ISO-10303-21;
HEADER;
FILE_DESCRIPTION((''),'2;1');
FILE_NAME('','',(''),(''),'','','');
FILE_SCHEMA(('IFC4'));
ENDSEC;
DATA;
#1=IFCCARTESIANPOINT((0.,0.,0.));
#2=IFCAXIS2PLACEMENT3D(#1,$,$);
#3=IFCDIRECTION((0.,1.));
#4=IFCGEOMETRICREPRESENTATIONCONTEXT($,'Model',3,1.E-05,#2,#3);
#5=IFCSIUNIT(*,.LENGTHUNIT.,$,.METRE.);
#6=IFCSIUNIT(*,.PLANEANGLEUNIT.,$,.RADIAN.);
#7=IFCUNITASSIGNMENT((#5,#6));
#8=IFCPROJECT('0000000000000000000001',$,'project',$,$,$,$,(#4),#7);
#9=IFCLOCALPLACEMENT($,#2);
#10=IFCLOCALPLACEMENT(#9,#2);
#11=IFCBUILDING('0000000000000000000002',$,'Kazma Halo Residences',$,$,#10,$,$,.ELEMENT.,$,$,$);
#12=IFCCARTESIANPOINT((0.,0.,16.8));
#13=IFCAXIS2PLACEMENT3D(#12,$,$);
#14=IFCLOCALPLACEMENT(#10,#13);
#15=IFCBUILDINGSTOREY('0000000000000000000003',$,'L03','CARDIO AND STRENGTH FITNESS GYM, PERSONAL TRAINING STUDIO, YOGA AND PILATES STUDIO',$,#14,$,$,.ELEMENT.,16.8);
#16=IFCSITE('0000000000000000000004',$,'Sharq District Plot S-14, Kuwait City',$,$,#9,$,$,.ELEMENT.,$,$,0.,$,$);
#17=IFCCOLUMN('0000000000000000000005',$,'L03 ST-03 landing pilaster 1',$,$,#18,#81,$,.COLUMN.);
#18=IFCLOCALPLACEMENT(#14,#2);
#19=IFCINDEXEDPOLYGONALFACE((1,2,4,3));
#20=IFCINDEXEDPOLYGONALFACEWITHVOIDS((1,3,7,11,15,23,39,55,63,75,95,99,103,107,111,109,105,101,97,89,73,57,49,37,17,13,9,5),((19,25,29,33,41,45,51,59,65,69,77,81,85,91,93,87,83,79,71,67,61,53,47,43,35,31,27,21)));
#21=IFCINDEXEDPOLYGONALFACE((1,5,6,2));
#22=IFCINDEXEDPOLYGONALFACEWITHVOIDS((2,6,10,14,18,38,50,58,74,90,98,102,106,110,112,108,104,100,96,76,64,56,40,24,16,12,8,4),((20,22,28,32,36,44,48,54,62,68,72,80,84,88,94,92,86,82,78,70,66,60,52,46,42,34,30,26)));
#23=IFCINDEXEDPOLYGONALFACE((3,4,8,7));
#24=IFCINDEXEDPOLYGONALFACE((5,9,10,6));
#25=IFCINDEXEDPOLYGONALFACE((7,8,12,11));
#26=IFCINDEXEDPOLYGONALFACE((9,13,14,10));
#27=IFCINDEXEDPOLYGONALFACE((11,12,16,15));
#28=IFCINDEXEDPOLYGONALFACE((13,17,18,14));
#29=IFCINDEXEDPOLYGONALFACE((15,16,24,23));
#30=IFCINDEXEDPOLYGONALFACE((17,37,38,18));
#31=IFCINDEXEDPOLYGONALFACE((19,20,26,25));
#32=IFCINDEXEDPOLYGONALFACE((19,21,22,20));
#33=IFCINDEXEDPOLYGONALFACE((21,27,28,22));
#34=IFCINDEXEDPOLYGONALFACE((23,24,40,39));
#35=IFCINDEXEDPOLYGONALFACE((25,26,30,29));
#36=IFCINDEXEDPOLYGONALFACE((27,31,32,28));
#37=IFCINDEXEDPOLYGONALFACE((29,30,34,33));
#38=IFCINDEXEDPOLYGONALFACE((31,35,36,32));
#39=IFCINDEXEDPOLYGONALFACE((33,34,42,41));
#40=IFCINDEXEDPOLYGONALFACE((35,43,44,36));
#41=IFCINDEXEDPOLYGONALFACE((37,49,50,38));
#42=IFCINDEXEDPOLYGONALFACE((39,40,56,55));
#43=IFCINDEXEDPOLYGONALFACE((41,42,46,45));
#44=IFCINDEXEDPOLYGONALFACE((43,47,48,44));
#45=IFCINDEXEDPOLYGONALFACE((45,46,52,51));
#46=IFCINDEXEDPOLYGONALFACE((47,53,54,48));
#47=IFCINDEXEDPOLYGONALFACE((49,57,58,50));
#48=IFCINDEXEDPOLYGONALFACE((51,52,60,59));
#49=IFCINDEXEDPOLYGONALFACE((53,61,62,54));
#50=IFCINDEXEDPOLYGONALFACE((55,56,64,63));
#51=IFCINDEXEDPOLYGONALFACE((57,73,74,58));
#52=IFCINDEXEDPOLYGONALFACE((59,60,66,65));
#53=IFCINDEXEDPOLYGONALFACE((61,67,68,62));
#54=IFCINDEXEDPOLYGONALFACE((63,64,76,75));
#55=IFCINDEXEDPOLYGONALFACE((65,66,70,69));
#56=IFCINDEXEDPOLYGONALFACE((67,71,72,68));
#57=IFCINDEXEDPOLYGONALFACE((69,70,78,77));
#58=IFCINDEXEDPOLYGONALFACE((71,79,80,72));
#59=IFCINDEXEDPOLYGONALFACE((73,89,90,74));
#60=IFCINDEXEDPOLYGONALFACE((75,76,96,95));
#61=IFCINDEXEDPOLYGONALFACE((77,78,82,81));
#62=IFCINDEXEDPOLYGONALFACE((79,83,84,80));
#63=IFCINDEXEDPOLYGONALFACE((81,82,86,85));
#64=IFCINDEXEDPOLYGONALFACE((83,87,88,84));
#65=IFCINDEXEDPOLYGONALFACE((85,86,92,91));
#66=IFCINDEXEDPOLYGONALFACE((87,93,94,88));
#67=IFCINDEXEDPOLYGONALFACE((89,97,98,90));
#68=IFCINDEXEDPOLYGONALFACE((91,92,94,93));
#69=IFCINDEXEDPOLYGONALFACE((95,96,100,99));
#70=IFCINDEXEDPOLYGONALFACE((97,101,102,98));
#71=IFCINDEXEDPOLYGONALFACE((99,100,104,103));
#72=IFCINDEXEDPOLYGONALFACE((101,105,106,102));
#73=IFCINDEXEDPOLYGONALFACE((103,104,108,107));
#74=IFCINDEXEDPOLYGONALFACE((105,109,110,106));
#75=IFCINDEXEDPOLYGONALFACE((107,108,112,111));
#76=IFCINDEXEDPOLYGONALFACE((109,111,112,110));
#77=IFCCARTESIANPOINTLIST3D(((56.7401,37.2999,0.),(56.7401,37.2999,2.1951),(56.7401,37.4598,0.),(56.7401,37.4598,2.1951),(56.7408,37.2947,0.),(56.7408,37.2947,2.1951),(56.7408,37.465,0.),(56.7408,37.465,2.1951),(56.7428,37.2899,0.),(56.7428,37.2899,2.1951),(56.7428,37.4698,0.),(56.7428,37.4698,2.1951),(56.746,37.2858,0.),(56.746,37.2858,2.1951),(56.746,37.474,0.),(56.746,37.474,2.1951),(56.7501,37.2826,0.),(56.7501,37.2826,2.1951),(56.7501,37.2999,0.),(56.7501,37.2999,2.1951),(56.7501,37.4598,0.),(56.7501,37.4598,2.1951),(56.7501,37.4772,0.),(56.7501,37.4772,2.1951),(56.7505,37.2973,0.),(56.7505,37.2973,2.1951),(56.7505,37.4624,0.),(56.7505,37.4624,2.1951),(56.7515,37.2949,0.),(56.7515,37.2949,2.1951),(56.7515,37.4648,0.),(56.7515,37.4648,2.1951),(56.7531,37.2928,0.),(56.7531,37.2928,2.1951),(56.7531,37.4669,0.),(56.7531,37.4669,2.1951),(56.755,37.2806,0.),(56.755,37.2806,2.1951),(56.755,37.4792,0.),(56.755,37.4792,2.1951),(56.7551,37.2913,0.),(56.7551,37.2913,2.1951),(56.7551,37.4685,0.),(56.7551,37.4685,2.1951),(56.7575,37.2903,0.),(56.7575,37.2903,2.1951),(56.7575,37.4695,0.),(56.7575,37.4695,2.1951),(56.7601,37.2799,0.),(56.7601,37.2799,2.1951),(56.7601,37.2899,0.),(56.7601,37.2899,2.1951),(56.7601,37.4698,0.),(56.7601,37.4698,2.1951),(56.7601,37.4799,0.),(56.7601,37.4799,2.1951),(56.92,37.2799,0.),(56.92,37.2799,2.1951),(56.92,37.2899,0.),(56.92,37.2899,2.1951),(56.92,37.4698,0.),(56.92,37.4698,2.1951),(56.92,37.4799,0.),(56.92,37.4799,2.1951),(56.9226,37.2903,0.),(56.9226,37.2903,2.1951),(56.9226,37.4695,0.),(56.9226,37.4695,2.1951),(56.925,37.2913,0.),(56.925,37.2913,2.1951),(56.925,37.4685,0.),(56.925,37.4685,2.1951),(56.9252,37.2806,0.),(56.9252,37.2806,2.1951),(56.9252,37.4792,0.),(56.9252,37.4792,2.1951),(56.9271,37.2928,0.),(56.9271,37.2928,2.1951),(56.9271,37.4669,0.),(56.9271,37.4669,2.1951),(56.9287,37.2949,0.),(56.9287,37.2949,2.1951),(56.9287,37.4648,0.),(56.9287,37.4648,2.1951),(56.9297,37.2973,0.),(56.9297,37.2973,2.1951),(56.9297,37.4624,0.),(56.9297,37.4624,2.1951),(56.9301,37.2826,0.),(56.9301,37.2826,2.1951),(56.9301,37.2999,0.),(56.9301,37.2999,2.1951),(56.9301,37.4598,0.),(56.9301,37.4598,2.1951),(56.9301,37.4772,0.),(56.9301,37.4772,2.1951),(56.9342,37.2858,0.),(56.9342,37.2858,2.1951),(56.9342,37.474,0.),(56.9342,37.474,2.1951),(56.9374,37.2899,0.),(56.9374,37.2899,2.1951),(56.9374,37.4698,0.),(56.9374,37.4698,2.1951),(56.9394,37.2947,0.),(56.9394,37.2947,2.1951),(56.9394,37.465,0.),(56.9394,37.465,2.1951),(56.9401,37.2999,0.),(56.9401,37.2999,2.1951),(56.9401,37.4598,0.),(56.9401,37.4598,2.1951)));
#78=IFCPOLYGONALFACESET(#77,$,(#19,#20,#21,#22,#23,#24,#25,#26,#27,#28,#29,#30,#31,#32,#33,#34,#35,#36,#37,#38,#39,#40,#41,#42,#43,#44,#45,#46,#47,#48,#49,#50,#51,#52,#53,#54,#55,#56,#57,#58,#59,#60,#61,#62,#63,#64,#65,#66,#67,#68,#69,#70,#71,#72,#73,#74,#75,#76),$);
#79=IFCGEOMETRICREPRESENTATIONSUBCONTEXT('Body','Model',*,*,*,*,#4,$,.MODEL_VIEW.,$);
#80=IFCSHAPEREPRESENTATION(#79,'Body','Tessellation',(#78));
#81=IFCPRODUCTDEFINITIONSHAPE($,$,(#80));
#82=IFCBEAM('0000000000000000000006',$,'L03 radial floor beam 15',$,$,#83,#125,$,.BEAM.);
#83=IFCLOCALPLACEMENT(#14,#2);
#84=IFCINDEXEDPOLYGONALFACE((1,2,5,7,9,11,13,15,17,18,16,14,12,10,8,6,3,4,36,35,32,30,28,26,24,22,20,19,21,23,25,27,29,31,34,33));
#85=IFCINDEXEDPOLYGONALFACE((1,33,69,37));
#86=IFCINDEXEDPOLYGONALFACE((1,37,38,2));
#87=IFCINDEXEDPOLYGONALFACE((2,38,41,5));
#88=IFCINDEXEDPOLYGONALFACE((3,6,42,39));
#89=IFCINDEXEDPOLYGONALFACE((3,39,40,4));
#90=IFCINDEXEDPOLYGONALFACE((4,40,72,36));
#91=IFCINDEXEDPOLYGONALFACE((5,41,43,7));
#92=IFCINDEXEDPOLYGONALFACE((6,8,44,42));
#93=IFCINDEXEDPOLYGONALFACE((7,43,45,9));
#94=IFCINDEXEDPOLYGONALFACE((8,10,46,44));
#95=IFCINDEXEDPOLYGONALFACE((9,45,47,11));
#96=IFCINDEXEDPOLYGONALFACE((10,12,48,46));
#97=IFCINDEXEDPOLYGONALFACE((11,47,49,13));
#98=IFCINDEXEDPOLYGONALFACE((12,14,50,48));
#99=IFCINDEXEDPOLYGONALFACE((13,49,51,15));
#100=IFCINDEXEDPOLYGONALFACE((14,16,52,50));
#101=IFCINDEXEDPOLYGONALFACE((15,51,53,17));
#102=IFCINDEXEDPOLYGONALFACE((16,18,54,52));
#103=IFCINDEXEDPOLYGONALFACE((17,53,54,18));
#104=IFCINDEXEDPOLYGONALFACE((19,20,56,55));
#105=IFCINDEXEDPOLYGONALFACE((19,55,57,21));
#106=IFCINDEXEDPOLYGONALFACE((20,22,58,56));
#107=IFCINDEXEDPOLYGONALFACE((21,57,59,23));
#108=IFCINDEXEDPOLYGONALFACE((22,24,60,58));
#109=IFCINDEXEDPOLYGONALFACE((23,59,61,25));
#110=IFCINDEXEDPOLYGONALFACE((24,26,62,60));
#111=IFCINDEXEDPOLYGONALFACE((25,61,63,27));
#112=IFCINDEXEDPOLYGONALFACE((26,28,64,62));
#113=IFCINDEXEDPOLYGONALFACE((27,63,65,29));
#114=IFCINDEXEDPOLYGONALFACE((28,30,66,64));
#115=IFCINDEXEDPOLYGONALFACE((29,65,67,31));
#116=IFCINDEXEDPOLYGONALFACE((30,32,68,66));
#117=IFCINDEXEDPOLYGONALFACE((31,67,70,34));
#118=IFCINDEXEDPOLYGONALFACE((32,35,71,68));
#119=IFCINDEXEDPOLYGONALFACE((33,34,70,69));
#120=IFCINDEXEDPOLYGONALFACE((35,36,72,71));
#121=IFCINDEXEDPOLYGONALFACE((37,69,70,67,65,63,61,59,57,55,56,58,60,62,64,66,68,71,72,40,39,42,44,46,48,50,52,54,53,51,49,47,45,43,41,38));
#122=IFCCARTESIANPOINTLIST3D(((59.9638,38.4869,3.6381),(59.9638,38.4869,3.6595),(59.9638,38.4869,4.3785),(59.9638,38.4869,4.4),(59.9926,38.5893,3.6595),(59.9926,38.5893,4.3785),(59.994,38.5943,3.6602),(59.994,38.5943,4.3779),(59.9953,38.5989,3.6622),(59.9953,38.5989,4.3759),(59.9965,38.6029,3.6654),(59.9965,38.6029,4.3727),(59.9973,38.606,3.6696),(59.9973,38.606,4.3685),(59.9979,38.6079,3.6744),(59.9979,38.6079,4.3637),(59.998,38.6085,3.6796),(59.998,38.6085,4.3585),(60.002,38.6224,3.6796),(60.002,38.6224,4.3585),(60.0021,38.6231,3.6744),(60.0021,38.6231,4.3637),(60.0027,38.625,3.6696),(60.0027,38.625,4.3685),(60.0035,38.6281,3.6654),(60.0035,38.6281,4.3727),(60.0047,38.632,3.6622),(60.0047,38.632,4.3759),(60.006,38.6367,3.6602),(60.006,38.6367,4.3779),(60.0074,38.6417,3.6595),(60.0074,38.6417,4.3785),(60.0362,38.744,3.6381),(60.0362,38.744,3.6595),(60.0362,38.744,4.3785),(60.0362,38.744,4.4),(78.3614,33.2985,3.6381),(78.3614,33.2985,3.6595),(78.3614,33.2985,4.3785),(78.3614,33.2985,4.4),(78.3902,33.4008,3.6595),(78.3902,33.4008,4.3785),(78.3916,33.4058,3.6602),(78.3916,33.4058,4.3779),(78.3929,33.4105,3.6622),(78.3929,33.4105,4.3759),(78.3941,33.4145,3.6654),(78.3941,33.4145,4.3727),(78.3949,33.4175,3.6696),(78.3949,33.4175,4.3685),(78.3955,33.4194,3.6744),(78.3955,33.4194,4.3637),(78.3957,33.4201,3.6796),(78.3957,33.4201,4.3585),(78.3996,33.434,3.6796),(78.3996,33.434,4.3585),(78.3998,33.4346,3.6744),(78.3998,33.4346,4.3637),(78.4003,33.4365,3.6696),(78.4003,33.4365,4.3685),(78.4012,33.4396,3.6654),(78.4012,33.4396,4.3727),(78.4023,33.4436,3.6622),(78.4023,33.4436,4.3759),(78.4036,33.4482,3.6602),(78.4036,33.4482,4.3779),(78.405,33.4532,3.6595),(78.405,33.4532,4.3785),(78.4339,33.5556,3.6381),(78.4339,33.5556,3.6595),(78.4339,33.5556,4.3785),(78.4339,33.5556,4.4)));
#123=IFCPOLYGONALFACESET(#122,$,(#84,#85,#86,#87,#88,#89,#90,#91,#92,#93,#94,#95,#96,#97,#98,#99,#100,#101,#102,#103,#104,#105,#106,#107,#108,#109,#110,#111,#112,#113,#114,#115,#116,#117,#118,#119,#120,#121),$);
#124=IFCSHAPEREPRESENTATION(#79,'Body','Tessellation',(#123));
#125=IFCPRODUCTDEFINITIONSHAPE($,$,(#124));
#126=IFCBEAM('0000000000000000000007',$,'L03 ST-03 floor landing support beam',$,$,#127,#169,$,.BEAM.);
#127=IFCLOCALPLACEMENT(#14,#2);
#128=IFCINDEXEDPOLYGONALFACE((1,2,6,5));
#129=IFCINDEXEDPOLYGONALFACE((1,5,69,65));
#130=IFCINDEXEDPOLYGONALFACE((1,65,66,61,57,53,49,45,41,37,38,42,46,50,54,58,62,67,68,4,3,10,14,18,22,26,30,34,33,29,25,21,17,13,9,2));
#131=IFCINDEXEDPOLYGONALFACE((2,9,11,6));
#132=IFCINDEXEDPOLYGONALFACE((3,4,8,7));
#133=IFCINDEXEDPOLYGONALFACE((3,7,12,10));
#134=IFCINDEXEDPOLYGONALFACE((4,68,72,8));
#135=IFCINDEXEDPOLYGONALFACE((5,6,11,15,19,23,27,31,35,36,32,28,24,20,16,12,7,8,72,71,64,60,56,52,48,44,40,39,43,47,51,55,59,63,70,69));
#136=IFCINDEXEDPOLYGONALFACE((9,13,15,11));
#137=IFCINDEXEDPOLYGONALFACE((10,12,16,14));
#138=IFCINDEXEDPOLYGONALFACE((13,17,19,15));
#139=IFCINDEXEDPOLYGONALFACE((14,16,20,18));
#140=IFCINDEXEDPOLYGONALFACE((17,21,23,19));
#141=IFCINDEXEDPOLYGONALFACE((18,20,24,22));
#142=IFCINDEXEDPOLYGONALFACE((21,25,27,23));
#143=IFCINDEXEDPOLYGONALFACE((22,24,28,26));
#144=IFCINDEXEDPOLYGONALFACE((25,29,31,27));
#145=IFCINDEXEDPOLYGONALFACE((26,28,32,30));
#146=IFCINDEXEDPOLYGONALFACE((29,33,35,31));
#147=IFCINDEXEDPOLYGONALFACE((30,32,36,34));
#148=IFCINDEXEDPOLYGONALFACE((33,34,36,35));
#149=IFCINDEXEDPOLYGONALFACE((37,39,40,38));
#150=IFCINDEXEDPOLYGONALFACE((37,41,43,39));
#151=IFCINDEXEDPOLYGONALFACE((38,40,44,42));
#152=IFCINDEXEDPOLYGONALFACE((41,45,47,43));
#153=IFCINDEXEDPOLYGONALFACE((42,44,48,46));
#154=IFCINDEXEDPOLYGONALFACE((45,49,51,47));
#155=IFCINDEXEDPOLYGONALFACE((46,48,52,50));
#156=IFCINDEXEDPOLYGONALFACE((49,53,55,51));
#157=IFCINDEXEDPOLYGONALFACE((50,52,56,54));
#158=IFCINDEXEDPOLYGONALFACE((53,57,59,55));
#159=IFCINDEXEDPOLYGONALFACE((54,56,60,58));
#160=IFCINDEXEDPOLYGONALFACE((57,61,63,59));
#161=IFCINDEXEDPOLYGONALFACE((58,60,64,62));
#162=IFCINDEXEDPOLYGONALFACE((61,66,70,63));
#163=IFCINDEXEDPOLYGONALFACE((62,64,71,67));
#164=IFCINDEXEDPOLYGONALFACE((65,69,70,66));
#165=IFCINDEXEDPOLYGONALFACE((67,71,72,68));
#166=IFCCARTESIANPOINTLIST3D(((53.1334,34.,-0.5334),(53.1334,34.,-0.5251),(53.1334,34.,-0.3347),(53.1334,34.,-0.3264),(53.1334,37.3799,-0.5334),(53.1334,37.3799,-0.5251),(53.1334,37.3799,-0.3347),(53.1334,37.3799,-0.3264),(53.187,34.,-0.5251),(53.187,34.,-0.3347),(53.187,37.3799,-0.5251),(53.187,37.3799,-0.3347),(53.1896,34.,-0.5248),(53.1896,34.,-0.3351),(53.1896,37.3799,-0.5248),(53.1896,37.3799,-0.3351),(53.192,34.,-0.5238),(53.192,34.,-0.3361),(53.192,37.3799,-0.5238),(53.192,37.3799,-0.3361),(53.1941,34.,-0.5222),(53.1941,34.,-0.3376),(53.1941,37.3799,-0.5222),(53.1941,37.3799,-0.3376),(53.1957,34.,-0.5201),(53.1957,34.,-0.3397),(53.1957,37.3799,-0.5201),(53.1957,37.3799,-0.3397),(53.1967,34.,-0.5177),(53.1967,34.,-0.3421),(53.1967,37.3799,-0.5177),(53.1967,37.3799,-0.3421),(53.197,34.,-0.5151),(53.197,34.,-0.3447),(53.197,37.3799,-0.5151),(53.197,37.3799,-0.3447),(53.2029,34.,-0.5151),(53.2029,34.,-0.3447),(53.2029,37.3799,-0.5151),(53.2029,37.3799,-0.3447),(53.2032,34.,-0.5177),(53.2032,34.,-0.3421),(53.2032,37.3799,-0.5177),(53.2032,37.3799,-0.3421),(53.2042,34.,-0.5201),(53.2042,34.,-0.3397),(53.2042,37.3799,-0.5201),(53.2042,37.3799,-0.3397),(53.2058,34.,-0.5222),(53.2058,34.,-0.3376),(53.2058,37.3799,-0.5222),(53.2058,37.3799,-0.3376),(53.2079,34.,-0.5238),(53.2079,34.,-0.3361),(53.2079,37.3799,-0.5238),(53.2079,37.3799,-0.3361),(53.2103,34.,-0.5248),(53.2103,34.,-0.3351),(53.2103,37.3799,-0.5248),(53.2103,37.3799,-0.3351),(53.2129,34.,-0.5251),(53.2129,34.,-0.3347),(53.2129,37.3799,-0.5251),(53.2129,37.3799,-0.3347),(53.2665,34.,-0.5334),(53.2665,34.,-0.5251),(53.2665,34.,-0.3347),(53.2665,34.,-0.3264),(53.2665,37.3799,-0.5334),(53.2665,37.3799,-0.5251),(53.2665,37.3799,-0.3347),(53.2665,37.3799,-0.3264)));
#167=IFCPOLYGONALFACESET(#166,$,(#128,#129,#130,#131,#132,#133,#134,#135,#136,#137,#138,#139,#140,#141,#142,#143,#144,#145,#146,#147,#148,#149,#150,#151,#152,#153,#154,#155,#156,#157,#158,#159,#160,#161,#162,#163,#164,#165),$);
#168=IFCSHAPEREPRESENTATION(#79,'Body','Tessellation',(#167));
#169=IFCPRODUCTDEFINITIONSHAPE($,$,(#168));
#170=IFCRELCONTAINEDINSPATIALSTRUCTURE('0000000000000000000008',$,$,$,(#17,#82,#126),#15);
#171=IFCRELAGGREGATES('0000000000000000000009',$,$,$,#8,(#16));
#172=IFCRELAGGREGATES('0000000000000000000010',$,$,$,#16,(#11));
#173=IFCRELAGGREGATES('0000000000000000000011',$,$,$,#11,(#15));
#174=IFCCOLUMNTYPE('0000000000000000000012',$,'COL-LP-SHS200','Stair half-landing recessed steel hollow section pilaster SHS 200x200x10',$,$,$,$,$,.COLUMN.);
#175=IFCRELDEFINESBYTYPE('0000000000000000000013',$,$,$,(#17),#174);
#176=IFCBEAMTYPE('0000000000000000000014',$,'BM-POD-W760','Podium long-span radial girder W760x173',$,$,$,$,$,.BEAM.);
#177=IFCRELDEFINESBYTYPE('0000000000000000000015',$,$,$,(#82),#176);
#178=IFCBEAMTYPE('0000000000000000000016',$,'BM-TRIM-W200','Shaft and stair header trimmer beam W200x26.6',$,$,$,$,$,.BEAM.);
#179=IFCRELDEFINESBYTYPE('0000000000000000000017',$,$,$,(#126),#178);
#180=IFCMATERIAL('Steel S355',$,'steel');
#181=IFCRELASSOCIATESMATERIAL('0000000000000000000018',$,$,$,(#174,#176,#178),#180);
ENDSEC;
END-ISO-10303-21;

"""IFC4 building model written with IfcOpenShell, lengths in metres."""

from ifc_helpers import new_model, si_unit, direction, frame, origin, origin_2d, place, context, subcontext, project, spatial, hollow_rectangle, i_section, extrude, material, material_profile, profile_set, type_object, element, save


model = new_model("IFC4")

# Units and contexts
model_context = context("Model", 3, precision=1e-05, world=origin(), true_north=direction((0.0, 1.0)))
body_context = subcontext(model_context, "Body", "Model", "MODEL_VIEW")
ifc_project = project(units=[si_unit("LENGTHUNIT", "METRE"), si_unit("PLANEANGLEUNIT", "RADIAN")], contexts=[model_context])

# Site, building, storey
site_placement = place(None, origin())
site = spatial("IfcSite", under=ifc_project, at=site_placement, Name="Sharq District Plot S-14, Kuwait City", CompositionType="ELEMENT", RefElevation=0.0)
building_placement = place(site_placement, origin())
building = spatial("IfcBuilding", under=site, at=building_placement, Name="Kazma Halo Residences", CompositionType="ELEMENT")
storey_placement = place(building_placement, frame((0.0, 0.0, 16.8)))
storey = spatial("IfcBuildingStorey", under=building, at=storey_placement, Name="L03", Description="CARDIO AND STRENGTH FITNESS GYM, PERSONAL TRAINING STUDIO, YOGA AND PILATES STUDIO", CompositionType="ELEMENT", Elevation=16.8)

# Column
ifc_material_1 = material(Name="Steel S355", Category="steel")
ifc_material_profile_1 = material_profile(ifc_material_1, hollow_rectangle(XDim=0.2, YDim=0.2, WallThickness=0.01, InnerFilletRadius=0.01, OuterFilletRadius=0.02, at=origin_2d()), Name="SHS200x200x10")
ifc_profile_set_1 = profile_set([ifc_material_profile_1], Name="Steel S355")
column_type = type_object("IfcColumnType", Name="COL-LP-SHS200", Description="Stair half-landing recessed steel hollow section pilaster SHS 200x200x10", PredefinedType="COLUMN", material=ifc_profile_set_1)
column_placement = place(storey_placement, frame((56.8401, 37.3799, 0.0), z_axis=(0.0, 0.0, 1.0), x_axis=(1.0, 0.0, 0.0)))
element("IfcColumn", 1, at=column_placement, inside=storey, type_object=column_type, Name="L03 ST-03 landing pilaster 1", PredefinedType="COLUMN", context=body_context, shape_type="SweptSolid", body=[
    extrude(hollow_rectangle(XDim=0.2, YDim=0.2, WallThickness=0.01, InnerFilletRadius=0.01, OuterFilletRadius=0.02, at=origin_2d()), origin(), (0.0, 0.0, 1.0), 2.1951),
])

# Beams
ifc_material_profile_2 = material_profile(ifc_material_1, i_section(OverallWidth=0.2671, OverallDepth=0.762, WebThickness=0.0144, FlangeThickness=0.0215, FilletRadius=0.02, at=origin_2d()), Name="W760x173")
ifc_profile_set_2 = profile_set([ifc_material_profile_2], Name="Steel S355")
beam_type_1 = type_object("IfcBeamType", Name="BM-POD-W760", Description="Podium long-span radial girder W760x173", PredefinedType="BEAM", material=ifc_profile_set_2)
beam_1_placement = place(storey_placement, frame((60.0, 38.6155, 4.019), z_axis=(0.962458, -0.27143, 0.0), x_axis=(0.27143, 0.962458, 0.0)))
element("IfcBeam", 2, at=beam_1_placement, inside=storey, type_object=beam_type_1, Name="L03 radial floor beam 15", PredefinedType="BEAM", context=body_context, shape_type="SweptSolid", body=[
    extrude(i_section(OverallWidth=0.2671, OverallDepth=0.762, WebThickness=0.0144, FlangeThickness=0.0215, FilletRadius=0.02, at=origin_2d()), origin(), (0.0, 0.0, 1.0), 19.1152),
])
ifc_material_profile_3 = material_profile(ifc_material_1, i_section(OverallWidth=0.1331, OverallDepth=0.207, WebThickness=0.0059, FlangeThickness=0.0083, FilletRadius=0.01, at=origin_2d()), Name="W200x26.6")
ifc_profile_set_3 = profile_set([ifc_material_profile_3], Name="Steel S355")
beam_type_2 = type_object("IfcBeamType", Name="BM-TRIM-W200", Description="Shaft and stair header trimmer beam W200x26.6", PredefinedType="BEAM", material=ifc_profile_set_3)
beam_2_placement = place(storey_placement, frame((53.2, 34.0, -0.4299), z_axis=(0.0, 1.0, 0.0), x_axis=(-1.0, 0.0, 0.0)))
element("IfcBeam", 3, at=beam_2_placement, inside=storey, type_object=beam_type_2, Name="L03 ST-03 floor landing support beam", PredefinedType="BEAM", context=body_context, shape_type="SweptSolid", body=[
    extrude(i_section(OverallWidth=0.1331, OverallDepth=0.207, WebThickness=0.0059, FlangeThickness=0.0083, FilletRadius=0.01, at=origin_2d()), origin(), (0.0, 0.0, 1.0), 3.3799),
])

save(model, "model.ifc")
